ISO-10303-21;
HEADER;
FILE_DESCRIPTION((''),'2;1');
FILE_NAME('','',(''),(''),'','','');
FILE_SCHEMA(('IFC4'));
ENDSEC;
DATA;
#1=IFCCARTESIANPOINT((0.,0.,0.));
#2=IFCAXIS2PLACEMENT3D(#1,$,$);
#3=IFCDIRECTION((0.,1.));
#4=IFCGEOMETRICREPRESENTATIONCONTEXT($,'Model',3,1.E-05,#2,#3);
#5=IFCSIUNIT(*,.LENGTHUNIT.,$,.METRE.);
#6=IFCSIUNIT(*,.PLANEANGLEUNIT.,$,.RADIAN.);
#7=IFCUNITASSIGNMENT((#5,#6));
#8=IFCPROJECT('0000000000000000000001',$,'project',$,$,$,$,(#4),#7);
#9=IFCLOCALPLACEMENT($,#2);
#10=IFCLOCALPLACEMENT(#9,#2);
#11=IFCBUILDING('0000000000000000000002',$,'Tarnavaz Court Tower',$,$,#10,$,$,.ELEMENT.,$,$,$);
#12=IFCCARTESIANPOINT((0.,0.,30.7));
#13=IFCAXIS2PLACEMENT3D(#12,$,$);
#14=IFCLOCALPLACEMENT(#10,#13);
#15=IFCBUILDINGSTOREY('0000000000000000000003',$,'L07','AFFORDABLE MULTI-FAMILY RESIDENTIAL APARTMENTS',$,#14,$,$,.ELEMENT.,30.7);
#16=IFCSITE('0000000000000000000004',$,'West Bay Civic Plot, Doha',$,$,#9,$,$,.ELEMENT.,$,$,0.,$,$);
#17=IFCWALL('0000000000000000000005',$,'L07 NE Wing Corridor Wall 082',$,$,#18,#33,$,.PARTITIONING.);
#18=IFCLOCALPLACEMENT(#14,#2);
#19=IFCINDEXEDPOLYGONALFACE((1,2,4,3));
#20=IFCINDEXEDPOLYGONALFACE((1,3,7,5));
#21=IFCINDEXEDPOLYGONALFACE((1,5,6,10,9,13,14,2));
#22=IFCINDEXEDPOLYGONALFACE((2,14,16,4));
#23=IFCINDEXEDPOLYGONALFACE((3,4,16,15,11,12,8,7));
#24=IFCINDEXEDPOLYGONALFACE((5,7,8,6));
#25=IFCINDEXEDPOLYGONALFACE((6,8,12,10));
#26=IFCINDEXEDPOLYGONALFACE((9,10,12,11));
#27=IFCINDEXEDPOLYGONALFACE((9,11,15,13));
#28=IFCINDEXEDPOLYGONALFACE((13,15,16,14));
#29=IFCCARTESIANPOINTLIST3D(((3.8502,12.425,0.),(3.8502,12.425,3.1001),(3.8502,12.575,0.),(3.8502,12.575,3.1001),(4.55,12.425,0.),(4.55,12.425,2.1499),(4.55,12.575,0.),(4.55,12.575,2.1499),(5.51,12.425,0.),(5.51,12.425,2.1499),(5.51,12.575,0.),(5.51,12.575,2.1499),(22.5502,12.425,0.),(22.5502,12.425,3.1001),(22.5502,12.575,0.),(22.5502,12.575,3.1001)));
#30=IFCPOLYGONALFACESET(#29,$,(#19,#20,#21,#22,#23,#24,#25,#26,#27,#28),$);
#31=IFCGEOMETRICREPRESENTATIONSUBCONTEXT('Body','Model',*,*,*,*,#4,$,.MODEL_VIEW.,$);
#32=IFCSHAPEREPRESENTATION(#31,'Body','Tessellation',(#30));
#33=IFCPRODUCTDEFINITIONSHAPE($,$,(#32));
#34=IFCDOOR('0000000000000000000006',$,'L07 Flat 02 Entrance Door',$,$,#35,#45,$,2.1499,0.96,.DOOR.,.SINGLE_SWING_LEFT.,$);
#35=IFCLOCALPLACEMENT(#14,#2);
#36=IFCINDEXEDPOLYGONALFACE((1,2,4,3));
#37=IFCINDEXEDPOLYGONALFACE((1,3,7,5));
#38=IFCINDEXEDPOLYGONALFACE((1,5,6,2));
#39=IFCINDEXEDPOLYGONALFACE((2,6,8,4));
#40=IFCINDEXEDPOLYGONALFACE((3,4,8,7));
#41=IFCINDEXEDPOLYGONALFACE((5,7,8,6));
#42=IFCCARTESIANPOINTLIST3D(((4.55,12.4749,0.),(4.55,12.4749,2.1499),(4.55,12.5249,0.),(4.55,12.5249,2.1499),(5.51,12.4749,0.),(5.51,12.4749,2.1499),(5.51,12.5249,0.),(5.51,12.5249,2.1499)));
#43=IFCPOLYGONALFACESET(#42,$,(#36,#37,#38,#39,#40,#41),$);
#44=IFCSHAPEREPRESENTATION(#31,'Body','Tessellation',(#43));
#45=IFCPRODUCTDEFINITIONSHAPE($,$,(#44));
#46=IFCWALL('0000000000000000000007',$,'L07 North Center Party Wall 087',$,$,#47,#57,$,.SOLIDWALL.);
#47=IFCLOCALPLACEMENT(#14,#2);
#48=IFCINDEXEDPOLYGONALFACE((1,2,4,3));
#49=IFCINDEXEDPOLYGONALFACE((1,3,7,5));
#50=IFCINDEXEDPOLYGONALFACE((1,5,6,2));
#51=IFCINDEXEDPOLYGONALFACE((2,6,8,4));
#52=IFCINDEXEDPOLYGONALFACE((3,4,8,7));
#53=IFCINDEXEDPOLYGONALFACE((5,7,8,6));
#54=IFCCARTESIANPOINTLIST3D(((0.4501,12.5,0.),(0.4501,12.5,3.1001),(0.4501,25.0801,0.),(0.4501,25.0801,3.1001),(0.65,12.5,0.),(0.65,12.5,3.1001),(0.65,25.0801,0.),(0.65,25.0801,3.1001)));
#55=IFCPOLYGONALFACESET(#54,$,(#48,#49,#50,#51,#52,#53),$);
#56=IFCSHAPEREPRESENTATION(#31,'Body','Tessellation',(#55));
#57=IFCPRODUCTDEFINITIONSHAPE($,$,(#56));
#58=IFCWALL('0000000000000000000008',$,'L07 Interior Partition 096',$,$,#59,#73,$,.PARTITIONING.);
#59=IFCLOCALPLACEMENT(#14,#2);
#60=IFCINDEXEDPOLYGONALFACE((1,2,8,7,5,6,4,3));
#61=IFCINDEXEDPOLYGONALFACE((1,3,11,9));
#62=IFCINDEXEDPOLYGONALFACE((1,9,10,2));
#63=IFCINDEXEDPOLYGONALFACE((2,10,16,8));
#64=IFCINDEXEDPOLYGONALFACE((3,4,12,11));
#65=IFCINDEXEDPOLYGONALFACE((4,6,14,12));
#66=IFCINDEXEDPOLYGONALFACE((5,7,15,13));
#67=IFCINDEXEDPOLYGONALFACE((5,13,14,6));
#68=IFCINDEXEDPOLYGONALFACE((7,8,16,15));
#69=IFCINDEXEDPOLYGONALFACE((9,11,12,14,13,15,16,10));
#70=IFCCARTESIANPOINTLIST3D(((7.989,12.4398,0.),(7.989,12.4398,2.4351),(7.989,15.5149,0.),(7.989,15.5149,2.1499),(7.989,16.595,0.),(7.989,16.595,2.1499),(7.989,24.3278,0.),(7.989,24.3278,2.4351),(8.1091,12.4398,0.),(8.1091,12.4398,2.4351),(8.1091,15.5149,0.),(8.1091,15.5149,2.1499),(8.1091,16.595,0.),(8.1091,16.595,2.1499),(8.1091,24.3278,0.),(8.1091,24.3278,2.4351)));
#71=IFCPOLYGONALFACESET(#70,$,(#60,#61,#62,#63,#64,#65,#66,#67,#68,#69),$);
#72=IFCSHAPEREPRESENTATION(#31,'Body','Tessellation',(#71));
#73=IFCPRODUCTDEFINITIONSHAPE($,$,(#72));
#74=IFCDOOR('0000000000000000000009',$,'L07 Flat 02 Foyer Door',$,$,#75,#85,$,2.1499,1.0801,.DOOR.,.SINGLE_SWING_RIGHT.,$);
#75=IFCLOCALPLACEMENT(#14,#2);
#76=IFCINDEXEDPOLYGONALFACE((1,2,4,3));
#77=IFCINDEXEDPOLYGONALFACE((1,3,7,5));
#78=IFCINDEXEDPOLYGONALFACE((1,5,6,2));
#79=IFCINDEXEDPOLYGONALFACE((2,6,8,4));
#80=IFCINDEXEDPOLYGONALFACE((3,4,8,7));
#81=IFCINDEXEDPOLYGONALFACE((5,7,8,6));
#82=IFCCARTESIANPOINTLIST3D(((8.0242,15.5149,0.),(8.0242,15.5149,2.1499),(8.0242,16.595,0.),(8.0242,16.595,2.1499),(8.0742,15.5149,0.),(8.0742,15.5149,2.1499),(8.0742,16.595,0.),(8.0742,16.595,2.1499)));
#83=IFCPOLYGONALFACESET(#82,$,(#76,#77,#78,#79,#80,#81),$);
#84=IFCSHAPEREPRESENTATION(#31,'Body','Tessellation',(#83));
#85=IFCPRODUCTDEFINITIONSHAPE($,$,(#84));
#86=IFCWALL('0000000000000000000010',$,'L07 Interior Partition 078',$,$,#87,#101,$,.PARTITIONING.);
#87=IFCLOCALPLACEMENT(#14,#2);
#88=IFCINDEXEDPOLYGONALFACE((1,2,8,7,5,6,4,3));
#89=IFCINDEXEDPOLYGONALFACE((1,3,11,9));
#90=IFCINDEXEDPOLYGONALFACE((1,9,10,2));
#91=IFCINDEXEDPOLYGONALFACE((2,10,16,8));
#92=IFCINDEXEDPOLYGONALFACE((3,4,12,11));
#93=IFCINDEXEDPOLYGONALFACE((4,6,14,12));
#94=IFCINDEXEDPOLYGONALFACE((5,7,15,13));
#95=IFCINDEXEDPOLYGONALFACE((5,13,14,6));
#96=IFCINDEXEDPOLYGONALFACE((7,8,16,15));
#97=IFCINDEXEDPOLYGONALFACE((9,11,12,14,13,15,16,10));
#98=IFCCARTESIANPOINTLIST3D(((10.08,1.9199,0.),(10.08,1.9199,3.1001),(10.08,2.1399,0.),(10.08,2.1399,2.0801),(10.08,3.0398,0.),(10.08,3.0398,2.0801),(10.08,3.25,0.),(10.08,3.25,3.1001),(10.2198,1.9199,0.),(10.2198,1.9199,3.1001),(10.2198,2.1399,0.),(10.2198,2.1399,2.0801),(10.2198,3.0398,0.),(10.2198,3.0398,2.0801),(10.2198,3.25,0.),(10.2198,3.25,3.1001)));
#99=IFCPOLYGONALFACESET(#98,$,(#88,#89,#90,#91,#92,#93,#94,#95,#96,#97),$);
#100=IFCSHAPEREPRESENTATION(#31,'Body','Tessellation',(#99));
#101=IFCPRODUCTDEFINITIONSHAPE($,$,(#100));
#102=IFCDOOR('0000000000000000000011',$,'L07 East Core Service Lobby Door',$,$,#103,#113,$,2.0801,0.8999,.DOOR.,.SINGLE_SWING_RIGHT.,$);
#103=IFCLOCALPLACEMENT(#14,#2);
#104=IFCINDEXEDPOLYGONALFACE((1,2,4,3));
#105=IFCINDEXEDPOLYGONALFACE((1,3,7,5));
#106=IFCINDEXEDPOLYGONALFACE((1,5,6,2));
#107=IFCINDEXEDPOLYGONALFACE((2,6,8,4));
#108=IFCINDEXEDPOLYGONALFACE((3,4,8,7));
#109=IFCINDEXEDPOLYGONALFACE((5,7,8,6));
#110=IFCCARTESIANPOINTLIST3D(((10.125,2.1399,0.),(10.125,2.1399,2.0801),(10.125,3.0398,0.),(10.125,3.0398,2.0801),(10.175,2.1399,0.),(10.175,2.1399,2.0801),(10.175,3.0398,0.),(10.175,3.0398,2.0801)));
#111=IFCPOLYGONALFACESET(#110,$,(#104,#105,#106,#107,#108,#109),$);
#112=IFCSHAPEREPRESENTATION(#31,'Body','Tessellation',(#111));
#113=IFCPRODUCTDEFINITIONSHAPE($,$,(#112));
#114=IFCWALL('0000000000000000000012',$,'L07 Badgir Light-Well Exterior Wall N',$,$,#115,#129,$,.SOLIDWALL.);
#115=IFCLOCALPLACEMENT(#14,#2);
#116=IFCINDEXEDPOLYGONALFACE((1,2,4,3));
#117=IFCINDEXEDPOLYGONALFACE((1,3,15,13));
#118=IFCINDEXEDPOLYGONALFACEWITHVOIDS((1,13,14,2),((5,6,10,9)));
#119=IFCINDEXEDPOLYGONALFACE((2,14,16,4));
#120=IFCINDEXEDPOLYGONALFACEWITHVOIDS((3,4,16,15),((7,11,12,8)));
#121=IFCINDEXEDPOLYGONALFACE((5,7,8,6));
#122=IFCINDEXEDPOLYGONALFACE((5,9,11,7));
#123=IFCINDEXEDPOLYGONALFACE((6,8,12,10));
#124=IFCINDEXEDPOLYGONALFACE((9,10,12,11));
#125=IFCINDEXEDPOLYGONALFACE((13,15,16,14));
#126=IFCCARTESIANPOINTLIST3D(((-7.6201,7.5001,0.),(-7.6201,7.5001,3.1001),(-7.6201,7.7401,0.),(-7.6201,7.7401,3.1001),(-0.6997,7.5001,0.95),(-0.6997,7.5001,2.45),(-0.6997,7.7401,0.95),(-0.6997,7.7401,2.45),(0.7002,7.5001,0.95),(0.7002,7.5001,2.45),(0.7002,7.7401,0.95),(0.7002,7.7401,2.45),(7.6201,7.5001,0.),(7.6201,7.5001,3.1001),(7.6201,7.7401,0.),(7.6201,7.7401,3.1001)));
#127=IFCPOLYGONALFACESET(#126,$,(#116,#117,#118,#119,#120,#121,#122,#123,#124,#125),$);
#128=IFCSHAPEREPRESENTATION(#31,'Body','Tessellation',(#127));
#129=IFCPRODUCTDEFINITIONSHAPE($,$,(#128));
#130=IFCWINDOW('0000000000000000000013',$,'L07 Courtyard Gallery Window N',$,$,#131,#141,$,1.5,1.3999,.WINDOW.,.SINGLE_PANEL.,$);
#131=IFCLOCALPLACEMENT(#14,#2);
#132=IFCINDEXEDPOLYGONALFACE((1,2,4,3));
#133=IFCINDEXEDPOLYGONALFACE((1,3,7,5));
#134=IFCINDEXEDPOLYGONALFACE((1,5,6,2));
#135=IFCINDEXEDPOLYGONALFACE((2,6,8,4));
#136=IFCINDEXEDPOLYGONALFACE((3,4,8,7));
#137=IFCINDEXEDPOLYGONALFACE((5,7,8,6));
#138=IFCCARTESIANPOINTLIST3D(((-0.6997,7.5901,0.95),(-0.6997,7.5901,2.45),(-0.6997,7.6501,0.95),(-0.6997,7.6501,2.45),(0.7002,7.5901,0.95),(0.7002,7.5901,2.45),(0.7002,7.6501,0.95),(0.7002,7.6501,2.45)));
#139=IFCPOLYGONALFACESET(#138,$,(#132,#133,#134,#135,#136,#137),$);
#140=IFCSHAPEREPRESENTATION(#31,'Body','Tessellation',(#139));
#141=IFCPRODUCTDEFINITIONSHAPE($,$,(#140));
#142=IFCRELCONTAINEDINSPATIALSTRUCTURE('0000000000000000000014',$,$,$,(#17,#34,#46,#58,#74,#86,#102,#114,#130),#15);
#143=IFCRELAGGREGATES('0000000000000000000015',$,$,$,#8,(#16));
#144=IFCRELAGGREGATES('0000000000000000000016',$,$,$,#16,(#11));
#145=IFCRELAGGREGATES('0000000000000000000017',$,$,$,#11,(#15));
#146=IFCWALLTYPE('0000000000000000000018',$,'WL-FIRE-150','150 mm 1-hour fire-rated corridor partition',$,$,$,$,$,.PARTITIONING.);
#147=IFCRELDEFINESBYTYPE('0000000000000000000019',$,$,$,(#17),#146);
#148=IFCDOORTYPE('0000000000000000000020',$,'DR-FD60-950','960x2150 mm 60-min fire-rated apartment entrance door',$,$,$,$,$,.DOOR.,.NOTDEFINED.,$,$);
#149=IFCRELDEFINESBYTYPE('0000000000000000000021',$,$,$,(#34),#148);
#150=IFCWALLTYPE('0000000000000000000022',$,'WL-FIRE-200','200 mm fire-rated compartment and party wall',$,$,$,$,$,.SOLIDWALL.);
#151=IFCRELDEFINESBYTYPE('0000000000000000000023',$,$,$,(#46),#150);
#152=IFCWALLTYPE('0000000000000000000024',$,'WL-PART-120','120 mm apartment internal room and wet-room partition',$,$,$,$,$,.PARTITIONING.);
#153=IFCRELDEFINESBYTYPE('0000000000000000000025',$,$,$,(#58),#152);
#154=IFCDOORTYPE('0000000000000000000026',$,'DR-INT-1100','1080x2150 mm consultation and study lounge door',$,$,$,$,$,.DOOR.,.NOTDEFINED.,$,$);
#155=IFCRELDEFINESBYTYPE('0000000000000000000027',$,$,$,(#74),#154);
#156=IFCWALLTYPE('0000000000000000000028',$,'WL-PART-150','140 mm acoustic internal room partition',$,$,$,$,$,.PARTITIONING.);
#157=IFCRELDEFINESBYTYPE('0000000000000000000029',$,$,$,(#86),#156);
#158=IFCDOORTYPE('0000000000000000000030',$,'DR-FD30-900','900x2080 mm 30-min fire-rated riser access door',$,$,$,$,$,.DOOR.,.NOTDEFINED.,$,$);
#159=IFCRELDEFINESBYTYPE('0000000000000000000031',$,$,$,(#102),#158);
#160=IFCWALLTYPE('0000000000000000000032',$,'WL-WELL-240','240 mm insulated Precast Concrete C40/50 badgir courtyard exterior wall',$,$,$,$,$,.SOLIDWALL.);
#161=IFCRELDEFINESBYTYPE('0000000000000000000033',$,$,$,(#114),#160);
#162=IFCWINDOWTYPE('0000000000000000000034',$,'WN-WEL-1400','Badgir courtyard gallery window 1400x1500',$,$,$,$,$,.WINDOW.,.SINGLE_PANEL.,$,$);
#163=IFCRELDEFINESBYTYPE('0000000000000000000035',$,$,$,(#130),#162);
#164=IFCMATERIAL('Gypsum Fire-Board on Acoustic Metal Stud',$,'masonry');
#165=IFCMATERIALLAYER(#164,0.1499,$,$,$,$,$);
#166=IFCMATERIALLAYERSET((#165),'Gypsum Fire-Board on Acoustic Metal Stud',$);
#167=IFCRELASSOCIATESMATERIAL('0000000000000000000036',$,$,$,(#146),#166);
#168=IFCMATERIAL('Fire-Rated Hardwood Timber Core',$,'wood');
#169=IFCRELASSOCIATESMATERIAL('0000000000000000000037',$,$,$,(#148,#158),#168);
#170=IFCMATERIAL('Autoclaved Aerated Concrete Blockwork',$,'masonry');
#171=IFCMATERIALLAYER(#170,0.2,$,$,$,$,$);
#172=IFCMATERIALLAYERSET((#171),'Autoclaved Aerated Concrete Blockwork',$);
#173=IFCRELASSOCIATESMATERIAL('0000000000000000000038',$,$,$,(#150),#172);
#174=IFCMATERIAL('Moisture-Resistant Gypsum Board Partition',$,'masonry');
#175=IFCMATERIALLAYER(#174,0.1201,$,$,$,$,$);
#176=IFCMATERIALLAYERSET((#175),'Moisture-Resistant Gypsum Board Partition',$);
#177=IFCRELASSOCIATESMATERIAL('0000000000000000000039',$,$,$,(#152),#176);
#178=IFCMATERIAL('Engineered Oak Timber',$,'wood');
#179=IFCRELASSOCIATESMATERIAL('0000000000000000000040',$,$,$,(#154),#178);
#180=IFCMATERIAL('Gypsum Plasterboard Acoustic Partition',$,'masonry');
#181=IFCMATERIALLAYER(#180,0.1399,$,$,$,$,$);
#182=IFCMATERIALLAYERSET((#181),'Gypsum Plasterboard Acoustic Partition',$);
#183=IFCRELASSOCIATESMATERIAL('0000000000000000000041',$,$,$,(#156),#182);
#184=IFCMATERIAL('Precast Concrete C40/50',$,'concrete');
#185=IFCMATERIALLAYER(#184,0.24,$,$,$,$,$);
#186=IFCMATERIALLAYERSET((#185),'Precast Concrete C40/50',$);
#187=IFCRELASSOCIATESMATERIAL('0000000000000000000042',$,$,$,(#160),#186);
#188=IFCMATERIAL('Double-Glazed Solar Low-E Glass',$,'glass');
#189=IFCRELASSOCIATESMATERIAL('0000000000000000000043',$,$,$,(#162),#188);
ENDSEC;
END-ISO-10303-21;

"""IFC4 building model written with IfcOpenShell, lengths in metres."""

from ifc_helpers import new_model, si_unit, direction, frame, frame_2d, origin, place, context, subcontext, project, spatial, rectangle, extrude, material, layer, layer_set, type_object, element, fill, save


model = new_model("IFC4")

# Units and contexts
model_context = context("Model", 3, precision=1e-05, world=origin(), true_north=direction((0.0, 1.0)))
body_context = subcontext(model_context, "Body", "Model", "MODEL_VIEW")
ifc_project = project(units=[si_unit("LENGTHUNIT", "METRE"), si_unit("PLANEANGLEUNIT", "RADIAN")], contexts=[model_context])

# Site, building, storey
site_placement = place(None, origin())
site = spatial("IfcSite", under=ifc_project, at=site_placement, Name="West Bay Civic Plot, Doha", CompositionType="ELEMENT", RefElevation=0.0)
building_placement = place(site_placement, origin())
building = spatial("IfcBuilding", under=site, at=building_placement, Name="Tarnavaz Court Tower", CompositionType="ELEMENT")
storey_placement = place(building_placement, frame((0.0, 0.0, 30.7)))
storey = spatial("IfcBuildingStorey", under=building, at=storey_placement, Name="L07", Description="AFFORDABLE MULTI-FAMILY RESIDENTIAL APARTMENTS", CompositionType="ELEMENT", Elevation=30.7)

# Shared definitions
ifc_material_1 = material(Name="Fire-Rated Hardwood Timber Core", Category="wood")

# Wall, opening, door
ifc_material_2 = material(Name="Gypsum Fire-Board on Acoustic Metal Stud", Category="masonry")
ifc_layer_1 = layer(ifc_material_2, 0.1499)
ifc_layer_set_1 = layer_set([ifc_layer_1], Name="Gypsum Fire-Board on Acoustic Metal Stud")
wall_type_1 = type_object("IfcWallType", Name="WL-FIRE-150", Description="150 mm 1-hour fire-rated corridor partition", PredefinedType="PARTITIONING", material=ifc_layer_set_1)
wall_1_placement = place(storey_placement, frame((3.8501, 12.5, 0.0), z_axis=(0.0, 0.0, 1.0), x_axis=(1.0, 0.0, 0.0)))
wall_1 = element("IfcWall", 1, at=wall_1_placement, inside=storey, type_object=wall_type_1, Name="L07 NE Wing Corridor Wall 082", PredefinedType="PARTITIONING", context=body_context, shape_type="SweptSolid", body=[
    extrude(rectangle(XDim=18.7, YDim=0.1499, at=frame_2d((9.3501, 0.0))), origin(), (0.0, 0.0, 1.0), 3.1001),
])
opening_1_placement = place(wall_1_placement, frame((0.7, 0.0, 0.0)))
opening_1 = element("IfcOpeningElement", 2, at=opening_1_placement, cuts=wall_1, PredefinedType="OPENING", context=body_context, shape_type="SweptSolid", body=[
    extrude(rectangle(XDim=0.96, YDim=2.1499, at=frame_2d((0.48, 1.075))), frame((0.0, 0.085, 0.0), z_axis=(0.0, -1.0, 0.0), x_axis=(1.0, 0.0, 0.0)), (0.0, 0.0, 1.0), 0.1699),
])
door_type_1 = type_object("IfcDoorType", Name="DR-FD60-950", Description="960x2150 mm 60-min fire-rated apartment entrance door", OperationType="NOTDEFINED", PredefinedType="DOOR", material=ifc_material_1)
door_1_placement = place(opening_1_placement, origin())
door_1 = element("IfcDoor", 3, at=door_1_placement, inside=storey, type_object=door_type_1, Name="L07 Flat 02 Entrance Door", OperationType="SINGLE_SWING_LEFT", OverallHeight=2.1499, OverallWidth=0.96, PredefinedType="DOOR", context=body_context, shape_type="SweptSolid", body=[
    extrude(rectangle(XDim=0.96, YDim=2.1499, at=frame_2d((0.48, 1.075))), frame((0.0, 0.0249, 0.0), z_axis=(0.0, -1.0, 0.0), x_axis=(1.0, 0.0, 0.0)), (0.0, 0.0, 1.0), 0.05),
])
fill(opening_1, door_1)

# Wall
ifc_material_3 = material(Name="Autoclaved Aerated Concrete Blockwork", Category="masonry")
ifc_layer_2 = layer(ifc_material_3, 0.2)
ifc_layer_set_2 = layer_set([ifc_layer_2], Name="Autoclaved Aerated Concrete Blockwork")
wall_type_2 = type_object("IfcWallType", Name="WL-FIRE-200", Description="200 mm fire-rated compartment and party wall", PredefinedType="SOLIDWALL", material=ifc_layer_set_2)
wall_2_placement = place(storey_placement, frame((0.55, 12.5, 0.0), z_axis=(0.0, 0.0, 1.0), x_axis=(0.0, 1.0, 0.0)))
element("IfcWall", 4, at=wall_2_placement, inside=storey, type_object=wall_type_2, Name="L07 North Center Party Wall 087", PredefinedType="SOLIDWALL", context=body_context, shape_type="SweptSolid", body=[
    extrude(rectangle(XDim=12.5801, YDim=0.2, at=frame_2d((6.29, 0.0))), origin(), (0.0, 0.0, 1.0), 3.1001),
])

# Walls, openings, doors
ifc_material_4 = material(Name="Moisture-Resistant Gypsum Board Partition", Category="masonry")
ifc_layer_3 = layer(ifc_material_4, 0.1201)
ifc_layer_set_3 = layer_set([ifc_layer_3], Name="Moisture-Resistant Gypsum Board Partition")
wall_type_3 = type_object("IfcWallType", Name="WL-PART-120", Description="120 mm apartment internal room and wet-room partition", PredefinedType="PARTITIONING", material=ifc_layer_set_3)
wall_3_placement = place(storey_placement, frame((8.0491, 12.4399, 0.0), z_axis=(0.0, 0.0, 1.0), x_axis=(0.0, 1.0, 0.0)))
wall_3 = element("IfcWall", 5, at=wall_3_placement, inside=storey, type_object=wall_type_3, Name="L07 Interior Partition 096", PredefinedType="PARTITIONING", context=body_context, shape_type="SweptSolid", body=[
    extrude(rectangle(XDim=11.8879, YDim=0.1201, at=frame_2d((5.9438, 0.0))), origin(), (0.0, 0.0, 1.0), 2.4351),
])
opening_2_placement = place(wall_3_placement, frame((3.075, 0.0, 0.0)))
opening_2 = element("IfcOpeningElement", 6, at=opening_2_placement, cuts=wall_3, PredefinedType="OPENING", context=body_context, shape_type="SweptSolid", body=[
    extrude(rectangle(XDim=1.0801, YDim=2.1499, at=frame_2d((0.54, 1.075))), frame((0.0, 0.0701, 0.0), z_axis=(0.0, -1.0, 0.0), x_axis=(1.0, 0.0, 0.0)), (0.0, 0.0, 1.0), 0.1401),
])
ifc_material_5 = material(Name="Engineered Oak Timber", Category="wood")
door_type_2 = type_object("IfcDoorType", Name="DR-INT-1100", Description="1080x2150 mm consultation and study lounge door", OperationType="NOTDEFINED", PredefinedType="DOOR", material=ifc_material_5)
door_2_placement = place(opening_2_placement, origin())
door_2 = element("IfcDoor", 7, at=door_2_placement, inside=storey, type_object=door_type_2, Name="L07 Flat 02 Foyer Door", OperationType="SINGLE_SWING_RIGHT", OverallHeight=2.1499, OverallWidth=1.0801, PredefinedType="DOOR", context=body_context, shape_type="SweptSolid", body=[
    extrude(rectangle(XDim=1.0801, YDim=2.1499, at=frame_2d((0.54, 1.075))), frame((0.0, 0.0249, 0.0), z_axis=(0.0, -1.0, 0.0), x_axis=(1.0, 0.0, 0.0)), (0.0, 0.0, 1.0), 0.05),
])
fill(opening_2, door_2)
ifc_material_6 = material(Name="Gypsum Plasterboard Acoustic Partition", Category="masonry")
ifc_layer_4 = layer(ifc_material_6, 0.1399)
ifc_layer_set_4 = layer_set([ifc_layer_4], Name="Gypsum Plasterboard Acoustic Partition")
wall_type_4 = type_object("IfcWallType", Name="WL-PART-150", Description="140 mm acoustic internal room partition", PredefinedType="PARTITIONING", material=ifc_layer_set_4)
wall_4_placement = place(storey_placement, frame((10.1499, 1.9199, 0.0), z_axis=(0.0, 0.0, 1.0), x_axis=(0.0, 1.0, 0.0)))
wall_4 = element("IfcWall", 8, at=wall_4_placement, inside=storey, type_object=wall_type_4, Name="L07 Interior Partition 078", PredefinedType="PARTITIONING", context=body_context, shape_type="SweptSolid", body=[
    extrude(rectangle(XDim=1.3301, YDim=0.1399, at=frame_2d((0.665, 0.0))), origin(), (0.0, 0.0, 1.0), 3.1001),
])
opening_3_placement = place(wall_4_placement, frame((0.22, 0.0, 0.0)))
opening_3 = element("IfcOpeningElement", 9, at=opening_3_placement, cuts=wall_4, PredefinedType="OPENING", context=body_context, shape_type="SweptSolid", body=[
    extrude(rectangle(XDim=0.8999, YDim=2.0801, at=frame_2d((0.45, 1.04))), frame((0.0, 0.0798, 0.0), z_axis=(0.0, -1.0, 0.0), x_axis=(1.0, 0.0, 0.0)), (0.0, 0.0, 1.0), 0.1599),
])
door_type_3 = type_object("IfcDoorType", Name="DR-FD30-900", Description="900x2080 mm 30-min fire-rated riser access door", OperationType="NOTDEFINED", PredefinedType="DOOR", material=ifc_material_1)
door_3_placement = place(opening_3_placement, origin())
door_3 = element("IfcDoor", 10, at=door_3_placement, inside=storey, type_object=door_type_3, Name="L07 East Core Service Lobby Door", OperationType="SINGLE_SWING_RIGHT", OverallHeight=2.0801, OverallWidth=0.8999, PredefinedType="DOOR", context=body_context, shape_type="SweptSolid", body=[
    extrude(rectangle(XDim=0.8999, YDim=2.0801, at=frame_2d((0.45, 1.04))), frame((0.0, 0.0249, 0.0), z_axis=(0.0, -1.0, 0.0), x_axis=(1.0, 0.0, 0.0)), (0.0, 0.0, 1.0), 0.05),
])
fill(opening_3, door_3)

# Wall, opening, window
ifc_material_7 = material(Name="Precast Concrete C40/50", Category="concrete")
ifc_layer_5 = layer(ifc_material_7, 0.24)
ifc_layer_set_5 = layer_set([ifc_layer_5], Name="Precast Concrete C40/50")
wall_type_5 = type_object("IfcWallType", Name="WL-WELL-240", Description="240 mm insulated Precast Concrete C40/50 badgir courtyard exterior wall", PredefinedType="SOLIDWALL", material=ifc_layer_set_5)
wall_5_placement = place(storey_placement, frame((7.6201, 7.6201, 0.0), z_axis=(0.0, 0.0, 1.0), x_axis=(-1.0, 0.0, 0.0)))
wall_5 = element("IfcWall", 11, at=wall_5_placement, inside=storey, type_object=wall_type_5, Name="L07 Badgir Light-Well Exterior Wall N", PredefinedType="SOLIDWALL", context=body_context, shape_type="SweptSolid", body=[
    extrude(rectangle(XDim=15.2402, YDim=0.24, at=frame_2d((7.6201, 0.0))), origin(), (0.0, 0.0, 1.0), 3.1001),
])
opening_4_placement = place(wall_5_placement, frame((6.9199, 0.0, 0.95)))
opening_4 = element("IfcOpeningElement", 12, at=opening_4_placement, cuts=wall_5, PredefinedType="OPENING", context=body_context, shape_type="SweptSolid", body=[
    extrude(rectangle(XDim=1.3999, YDim=1.5, at=frame_2d((0.7, 0.75))), frame((0.0, 0.1299, 0.0), z_axis=(0.0, -1.0, 0.0), x_axis=(1.0, 0.0, 0.0)), (0.0, 0.0, 1.0), 0.26),
])
ifc_material_8 = material(Name="Double-Glazed Solar Low-E Glass", Category="glass")
window_type = type_object("IfcWindowType", Name="WN-WEL-1400", Description="Badgir courtyard gallery window 1400x1500", PartitioningType="SINGLE_PANEL", PredefinedType="WINDOW", material=ifc_material_8)
window_placement = place(opening_4_placement, origin())
window = element("IfcWindow", 13, at=window_placement, inside=storey, type_object=window_type, Name="L07 Courtyard Gallery Window N", OverallHeight=1.5, OverallWidth=1.3999, PartitioningType="SINGLE_PANEL", PredefinedType="WINDOW", context=body_context, shape_type="SweptSolid", body=[
    extrude(rectangle(XDim=1.3999, YDim=1.5, at=frame_2d((0.7, 0.75))), frame((0.0, 0.03, 0.0), z_axis=(0.0, -1.0, 0.0), x_axis=(1.0, 0.0, 0.0)), (0.0, 0.0, 1.0), 0.0601),
])
fill(opening_4, window)

save(model, "model.ifc")
